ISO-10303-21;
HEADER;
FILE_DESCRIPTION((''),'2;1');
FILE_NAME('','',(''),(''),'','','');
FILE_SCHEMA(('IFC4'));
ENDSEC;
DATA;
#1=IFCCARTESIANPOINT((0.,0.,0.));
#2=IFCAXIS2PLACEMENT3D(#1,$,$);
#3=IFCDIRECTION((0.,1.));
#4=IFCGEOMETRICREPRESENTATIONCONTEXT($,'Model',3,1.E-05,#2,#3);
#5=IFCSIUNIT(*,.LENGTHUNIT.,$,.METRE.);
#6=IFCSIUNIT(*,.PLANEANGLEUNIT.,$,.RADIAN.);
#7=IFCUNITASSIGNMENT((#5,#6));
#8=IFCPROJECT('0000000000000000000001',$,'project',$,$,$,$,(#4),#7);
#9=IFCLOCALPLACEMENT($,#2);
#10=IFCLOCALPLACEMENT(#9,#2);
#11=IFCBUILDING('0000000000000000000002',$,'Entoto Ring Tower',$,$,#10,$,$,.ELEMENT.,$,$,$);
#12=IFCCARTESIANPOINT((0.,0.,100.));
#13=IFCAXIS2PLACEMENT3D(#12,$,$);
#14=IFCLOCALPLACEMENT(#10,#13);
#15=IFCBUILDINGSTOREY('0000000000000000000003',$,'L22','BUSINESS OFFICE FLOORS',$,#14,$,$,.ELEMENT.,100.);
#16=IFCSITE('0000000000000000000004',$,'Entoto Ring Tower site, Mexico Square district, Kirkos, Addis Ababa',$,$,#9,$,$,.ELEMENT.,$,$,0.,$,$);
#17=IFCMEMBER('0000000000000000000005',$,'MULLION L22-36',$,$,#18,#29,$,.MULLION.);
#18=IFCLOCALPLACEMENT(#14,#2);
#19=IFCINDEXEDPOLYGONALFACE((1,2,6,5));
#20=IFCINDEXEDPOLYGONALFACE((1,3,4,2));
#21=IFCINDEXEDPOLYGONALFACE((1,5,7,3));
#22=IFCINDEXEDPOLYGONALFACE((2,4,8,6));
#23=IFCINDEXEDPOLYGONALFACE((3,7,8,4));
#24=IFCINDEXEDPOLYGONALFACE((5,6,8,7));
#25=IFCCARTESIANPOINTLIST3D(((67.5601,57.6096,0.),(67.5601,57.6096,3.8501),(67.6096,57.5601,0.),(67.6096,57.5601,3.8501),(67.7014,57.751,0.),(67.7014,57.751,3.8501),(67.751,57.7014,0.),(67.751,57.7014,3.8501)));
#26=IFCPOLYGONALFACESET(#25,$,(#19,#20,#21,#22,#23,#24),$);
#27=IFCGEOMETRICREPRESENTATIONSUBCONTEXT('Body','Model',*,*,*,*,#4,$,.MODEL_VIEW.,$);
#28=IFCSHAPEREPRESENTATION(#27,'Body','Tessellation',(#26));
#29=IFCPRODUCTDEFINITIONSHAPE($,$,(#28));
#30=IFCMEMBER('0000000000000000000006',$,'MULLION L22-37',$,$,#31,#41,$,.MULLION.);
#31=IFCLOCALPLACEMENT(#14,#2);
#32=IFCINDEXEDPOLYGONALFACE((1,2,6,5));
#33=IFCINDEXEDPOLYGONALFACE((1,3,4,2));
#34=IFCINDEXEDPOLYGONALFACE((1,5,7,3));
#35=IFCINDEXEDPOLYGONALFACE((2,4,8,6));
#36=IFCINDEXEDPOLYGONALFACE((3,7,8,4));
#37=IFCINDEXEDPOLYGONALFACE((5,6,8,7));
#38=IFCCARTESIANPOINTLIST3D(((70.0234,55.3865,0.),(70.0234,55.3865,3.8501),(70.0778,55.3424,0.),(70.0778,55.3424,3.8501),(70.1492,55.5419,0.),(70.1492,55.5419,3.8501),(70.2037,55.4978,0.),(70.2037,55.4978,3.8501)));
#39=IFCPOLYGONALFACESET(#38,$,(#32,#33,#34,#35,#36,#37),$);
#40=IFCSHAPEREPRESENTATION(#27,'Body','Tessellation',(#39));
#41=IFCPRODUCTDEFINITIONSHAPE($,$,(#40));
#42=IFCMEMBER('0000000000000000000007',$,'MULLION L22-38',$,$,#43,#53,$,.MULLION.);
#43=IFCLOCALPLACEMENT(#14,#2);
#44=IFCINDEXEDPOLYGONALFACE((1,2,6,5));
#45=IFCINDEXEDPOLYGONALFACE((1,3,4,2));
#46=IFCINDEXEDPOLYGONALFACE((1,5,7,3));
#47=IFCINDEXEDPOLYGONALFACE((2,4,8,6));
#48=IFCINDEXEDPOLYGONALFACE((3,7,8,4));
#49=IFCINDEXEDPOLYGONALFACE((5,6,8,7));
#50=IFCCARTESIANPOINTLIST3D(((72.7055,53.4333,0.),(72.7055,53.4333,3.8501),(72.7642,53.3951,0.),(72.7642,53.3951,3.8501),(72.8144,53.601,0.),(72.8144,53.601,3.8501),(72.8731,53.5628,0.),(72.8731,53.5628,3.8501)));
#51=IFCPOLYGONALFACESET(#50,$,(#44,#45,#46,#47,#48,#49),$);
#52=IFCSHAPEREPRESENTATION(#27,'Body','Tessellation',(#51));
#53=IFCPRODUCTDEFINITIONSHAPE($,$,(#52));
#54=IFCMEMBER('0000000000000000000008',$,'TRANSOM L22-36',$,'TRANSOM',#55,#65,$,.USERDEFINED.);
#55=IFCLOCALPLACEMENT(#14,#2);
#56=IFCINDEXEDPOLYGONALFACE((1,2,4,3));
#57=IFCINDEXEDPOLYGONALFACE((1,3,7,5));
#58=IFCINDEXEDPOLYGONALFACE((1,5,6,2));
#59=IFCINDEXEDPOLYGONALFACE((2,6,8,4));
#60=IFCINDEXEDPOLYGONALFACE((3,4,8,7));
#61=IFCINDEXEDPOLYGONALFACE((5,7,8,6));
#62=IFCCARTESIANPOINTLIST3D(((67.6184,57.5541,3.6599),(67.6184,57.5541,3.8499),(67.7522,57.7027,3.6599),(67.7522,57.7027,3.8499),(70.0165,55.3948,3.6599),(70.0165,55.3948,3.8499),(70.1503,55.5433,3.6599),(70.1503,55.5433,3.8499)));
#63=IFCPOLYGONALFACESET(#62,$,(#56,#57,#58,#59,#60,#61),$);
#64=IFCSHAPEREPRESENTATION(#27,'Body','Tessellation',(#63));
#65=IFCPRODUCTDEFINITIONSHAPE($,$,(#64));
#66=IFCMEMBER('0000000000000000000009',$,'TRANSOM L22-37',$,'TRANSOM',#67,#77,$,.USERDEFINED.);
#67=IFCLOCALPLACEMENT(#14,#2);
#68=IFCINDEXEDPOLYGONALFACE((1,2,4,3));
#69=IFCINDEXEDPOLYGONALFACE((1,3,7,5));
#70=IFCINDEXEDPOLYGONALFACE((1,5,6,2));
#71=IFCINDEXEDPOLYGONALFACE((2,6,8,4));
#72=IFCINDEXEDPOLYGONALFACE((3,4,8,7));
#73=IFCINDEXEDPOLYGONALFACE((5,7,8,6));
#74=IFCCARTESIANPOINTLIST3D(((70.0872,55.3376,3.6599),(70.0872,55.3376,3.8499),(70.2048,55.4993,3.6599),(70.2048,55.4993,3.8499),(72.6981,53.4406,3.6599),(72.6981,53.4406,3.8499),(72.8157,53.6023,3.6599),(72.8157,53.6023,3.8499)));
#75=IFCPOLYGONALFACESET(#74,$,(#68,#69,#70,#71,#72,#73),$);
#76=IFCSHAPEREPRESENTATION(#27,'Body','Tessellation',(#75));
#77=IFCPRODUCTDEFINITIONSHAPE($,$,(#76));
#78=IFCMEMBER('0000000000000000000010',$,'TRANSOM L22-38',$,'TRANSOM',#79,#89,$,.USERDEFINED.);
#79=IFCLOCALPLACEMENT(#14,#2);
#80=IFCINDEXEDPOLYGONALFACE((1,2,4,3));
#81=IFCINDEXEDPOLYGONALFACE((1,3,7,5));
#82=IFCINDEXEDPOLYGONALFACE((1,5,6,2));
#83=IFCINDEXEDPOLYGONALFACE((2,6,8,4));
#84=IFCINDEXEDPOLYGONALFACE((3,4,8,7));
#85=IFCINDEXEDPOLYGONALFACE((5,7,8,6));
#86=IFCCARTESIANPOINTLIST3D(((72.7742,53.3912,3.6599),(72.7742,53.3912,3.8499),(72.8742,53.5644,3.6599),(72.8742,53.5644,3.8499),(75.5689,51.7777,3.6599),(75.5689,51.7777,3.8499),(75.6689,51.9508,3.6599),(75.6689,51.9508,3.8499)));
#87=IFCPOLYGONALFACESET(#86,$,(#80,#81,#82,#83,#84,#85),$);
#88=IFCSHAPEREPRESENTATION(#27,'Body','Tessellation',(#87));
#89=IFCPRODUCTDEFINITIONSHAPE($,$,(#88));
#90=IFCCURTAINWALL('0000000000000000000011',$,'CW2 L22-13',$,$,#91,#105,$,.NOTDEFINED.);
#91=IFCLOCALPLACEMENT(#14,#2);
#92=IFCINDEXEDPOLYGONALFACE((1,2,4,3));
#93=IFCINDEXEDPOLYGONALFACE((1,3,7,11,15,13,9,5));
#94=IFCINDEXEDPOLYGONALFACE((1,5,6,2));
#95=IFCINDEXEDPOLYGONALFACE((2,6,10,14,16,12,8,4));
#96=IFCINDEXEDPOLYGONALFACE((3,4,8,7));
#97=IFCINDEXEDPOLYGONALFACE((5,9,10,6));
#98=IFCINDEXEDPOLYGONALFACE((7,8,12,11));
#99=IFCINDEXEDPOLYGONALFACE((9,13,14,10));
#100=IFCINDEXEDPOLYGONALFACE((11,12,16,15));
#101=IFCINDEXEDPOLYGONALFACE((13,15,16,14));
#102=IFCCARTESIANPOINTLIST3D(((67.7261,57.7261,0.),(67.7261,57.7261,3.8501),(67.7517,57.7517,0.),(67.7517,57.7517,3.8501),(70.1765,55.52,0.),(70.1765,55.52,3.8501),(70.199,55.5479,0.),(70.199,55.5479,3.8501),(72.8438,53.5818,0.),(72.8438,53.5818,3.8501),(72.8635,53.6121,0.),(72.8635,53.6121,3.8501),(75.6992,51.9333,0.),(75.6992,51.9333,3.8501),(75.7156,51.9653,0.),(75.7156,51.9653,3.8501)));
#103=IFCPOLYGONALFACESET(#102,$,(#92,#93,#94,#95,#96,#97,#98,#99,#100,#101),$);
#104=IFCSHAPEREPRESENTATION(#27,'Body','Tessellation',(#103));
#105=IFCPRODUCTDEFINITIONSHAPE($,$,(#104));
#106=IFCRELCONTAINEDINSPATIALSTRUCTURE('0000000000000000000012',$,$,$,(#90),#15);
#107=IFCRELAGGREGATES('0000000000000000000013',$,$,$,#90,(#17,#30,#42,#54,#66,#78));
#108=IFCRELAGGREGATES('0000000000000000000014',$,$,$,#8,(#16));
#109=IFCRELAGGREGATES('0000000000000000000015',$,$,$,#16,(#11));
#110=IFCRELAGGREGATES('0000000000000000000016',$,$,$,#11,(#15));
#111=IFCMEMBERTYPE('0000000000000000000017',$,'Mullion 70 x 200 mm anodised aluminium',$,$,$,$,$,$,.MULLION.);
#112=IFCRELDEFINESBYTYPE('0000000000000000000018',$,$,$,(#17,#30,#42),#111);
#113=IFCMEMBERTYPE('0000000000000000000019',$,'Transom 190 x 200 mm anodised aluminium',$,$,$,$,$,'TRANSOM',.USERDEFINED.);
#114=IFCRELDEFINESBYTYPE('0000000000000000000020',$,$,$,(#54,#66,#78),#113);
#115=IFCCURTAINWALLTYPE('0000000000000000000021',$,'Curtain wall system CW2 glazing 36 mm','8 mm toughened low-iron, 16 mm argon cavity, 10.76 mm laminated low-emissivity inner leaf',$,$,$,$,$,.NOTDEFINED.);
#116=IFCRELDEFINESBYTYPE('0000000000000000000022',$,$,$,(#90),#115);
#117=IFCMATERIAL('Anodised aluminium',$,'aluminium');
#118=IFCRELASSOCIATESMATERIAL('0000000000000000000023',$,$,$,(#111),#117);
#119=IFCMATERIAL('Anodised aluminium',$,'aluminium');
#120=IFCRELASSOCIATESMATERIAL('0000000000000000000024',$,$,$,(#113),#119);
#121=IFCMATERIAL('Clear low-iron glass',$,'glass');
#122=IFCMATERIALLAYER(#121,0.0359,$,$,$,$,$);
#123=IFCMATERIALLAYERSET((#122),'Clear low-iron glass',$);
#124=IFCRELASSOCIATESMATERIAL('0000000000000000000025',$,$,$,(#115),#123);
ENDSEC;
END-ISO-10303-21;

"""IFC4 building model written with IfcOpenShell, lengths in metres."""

from ifc_helpers import new_model, si_unit, direction, frame, origin, origin_2d, place, context, subcontext, project, spatial, polyline, rectangle, outline, extrude, material, layer, layer_set, material_profile, profile_set, type_object, element, aggregate, save


model = new_model("IFC4")

# Units and contexts
model_context = context("Model", 3, precision=1e-05, world=origin(), true_north=direction((0.0, 1.0)))
body_context = subcontext(model_context, "Body", "Model", "MODEL_VIEW")
ifc_project = project(units=[si_unit("LENGTHUNIT", "METRE"), si_unit("PLANEANGLEUNIT", "RADIAN")], contexts=[model_context])

# Members
ifc_material_1 = material(Name="Anodised aluminium", Category="aluminium")
ifc_material_profile_1 = material_profile(ifc_material_1, rectangle(XDim=0.0701, YDim=0.2, at=origin_2d()), Name="Mullion 70 x 200 mm anodised aluminium")
ifc_profile_set_1 = profile_set([ifc_material_profile_1], Name="Anodised aluminium")
member_type_1 = type_object("IfcMemberType", Name="Mullion 70 x 200 mm anodised aluminium", PredefinedType="MULLION", material=ifc_profile_set_1)
site_placement = place(None, origin())
building_placement = place(site_placement, origin())
storey_placement = place(building_placement, frame((0.0, 0.0, 100.0)))
member_1_placement = place(storey_placement, frame((67.6555, 57.6555, 0.0), z_axis=(0.0, 0.0, 1.0), x_axis=(0.707107, -0.707107, 0.0)))
member_1 = element("IfcMember", 1, at=member_1_placement, type_object=member_type_1, Name="MULLION L22-36", PredefinedType="MULLION", context=body_context, shape_type="SweptSolid", body=[
    extrude(rectangle(XDim=0.0701, YDim=0.2, at=origin_2d()), origin(), (0.0, 0.0, 1.0), 3.8501),
])
member_2_placement = place(storey_placement, frame((70.1135, 55.4421, 0.0), z_axis=(0.0, 0.0, 1.0), x_axis=(0.777146, -0.62932, 0.0)))
member_2 = element("IfcMember", 2, at=member_2_placement, type_object=member_type_1, Name="MULLION L22-37", PredefinedType="MULLION", context=body_context, shape_type="SweptSolid", body=[
    extrude(rectangle(XDim=0.0701, YDim=0.2, at=origin_2d()), origin(), (0.0, 0.0, 1.0), 3.8501),
])
member_3_placement = place(storey_placement, frame((72.7893, 53.498, 0.0), z_axis=(0.0, 0.0, 1.0), x_axis=(0.838671, -0.544639, 0.0)))
member_3 = element("IfcMember", 3, at=member_3_placement, type_object=member_type_1, Name="MULLION L22-38", PredefinedType="MULLION", context=body_context, shape_type="SweptSolid", body=[
    extrude(rectangle(XDim=0.0701, YDim=0.2, at=origin_2d()), origin(), (0.0, 0.0, 1.0), 3.8501),
])
ifc_material_2 = material(Name="Anodised aluminium", Category="aluminium")
ifc_material_profile_2 = material_profile(ifc_material_2, rectangle(XDim=0.2, YDim=0.1899, at=origin_2d()), Name="Transom 190 x 200 mm anodised aluminium")
ifc_profile_set_2 = profile_set([ifc_material_profile_2], Name="Anodised aluminium")
member_type_2 = type_object("IfcMemberType", Name="Transom 190 x 200 mm anodised aluminium", ElementType="TRANSOM", PredefinedType="USERDEFINED", material=ifc_profile_set_2)
member_4_placement = place(storey_placement, frame((67.6853, 57.6284, 3.7549), z_axis=(0.743132, -0.669144, 0.0), x_axis=(0.669144, 0.743132, 0.0)))
member_4 = element("IfcMember", 4, at=member_4_placement, type_object=member_type_2, Name="TRANSOM L22-36", ObjectType="TRANSOM", PredefinedType="USERDEFINED", context=body_context, shape_type="SweptSolid", body=[
    extrude(rectangle(XDim=0.2, YDim=0.1899, at=origin_2d()), origin(), (0.0, 0.0, 1.0), 3.2271),
])
member_5_placement = place(storey_placement, frame((70.146, 55.4185, 3.7549), z_axis=(0.809004, -0.587803, 0.0), x_axis=(0.587803, 0.809004, 0.0)))
member_5 = element("IfcMember", 5, at=member_5_placement, type_object=member_type_2, Name="TRANSOM L22-37", ObjectType="TRANSOM", PredefinedType="USERDEFINED", context=body_context, shape_type="SweptSolid", body=[
    extrude(rectangle(XDim=0.2, YDim=0.1899, at=origin_2d()), origin(), (0.0, 0.0, 1.0), 3.2273),
])
member_6_placement = place(storey_placement, frame((72.8242, 53.4778, 3.7549), z_axis=(0.866023, -0.500004, 0.0), x_axis=(0.500004, 0.866023, 0.0)))
member_6 = element("IfcMember", 6, at=member_6_placement, type_object=member_type_2, Name="TRANSOM L22-38", ObjectType="TRANSOM", PredefinedType="USERDEFINED", context=body_context, shape_type="SweptSolid", body=[
    extrude(rectangle(XDim=0.2, YDim=0.1899, at=origin_2d()), origin(), (0.0, 0.0, 1.0), 3.2271),
])

# Site, building, storey
site = spatial("IfcSite", under=ifc_project, at=site_placement, Name="Entoto Ring Tower site, Mexico Square district, Kirkos, Addis Ababa", CompositionType="ELEMENT", RefElevation=0.0)
building = spatial("IfcBuilding", under=site, at=building_placement, Name="Entoto Ring Tower", CompositionType="ELEMENT")
storey = spatial("IfcBuildingStorey", under=building, at=storey_placement, Name="L22", Description="BUSINESS OFFICE FLOORS", CompositionType="ELEMENT", Elevation=100.0)

# Curtain wall
ifc_material_3 = material(Name="Clear low-iron glass", Category="glass")
ifc_layer = layer(ifc_material_3, 0.0359)
ifc_layer_set = layer_set([ifc_layer], Name="Clear low-iron glass")
curtain_wall_type = type_object("IfcCurtainWallType", Name="Curtain wall system CW2 glazing 36 mm", Description="8 mm toughened low-iron, 16 mm argon cavity, 10.76 mm laminated low-emissivity inner leaf", PredefinedType="NOTDEFINED", material=ifc_layer_set)
curtain_wall_1_placement = place(storey_placement, origin())
curtain_wall_1 = element("IfcCurtainWall", 7, at=curtain_wall_1_placement, inside=storey, type_object=curtain_wall_type, Name="CW2 L22-13", PredefinedType="NOTDEFINED", context=body_context, shape_type="SweptSolid", body=[
    extrude(outline(polyline([(67.7261, 57.7261), (70.1765, 55.52), (72.8438, 53.5818), (75.6992, 51.9333), (75.7156, 51.9653), (72.8635, 53.6121), (70.199, 55.5479), (67.7517, 57.7517), (67.7261, 57.7261)])), origin(), (0.0, 0.0, 1.0), 3.8501),
])
aggregate(curtain_wall_1, [member_1, member_2, member_3, member_4, member_5, member_6])

save(model, "model.ifc")
